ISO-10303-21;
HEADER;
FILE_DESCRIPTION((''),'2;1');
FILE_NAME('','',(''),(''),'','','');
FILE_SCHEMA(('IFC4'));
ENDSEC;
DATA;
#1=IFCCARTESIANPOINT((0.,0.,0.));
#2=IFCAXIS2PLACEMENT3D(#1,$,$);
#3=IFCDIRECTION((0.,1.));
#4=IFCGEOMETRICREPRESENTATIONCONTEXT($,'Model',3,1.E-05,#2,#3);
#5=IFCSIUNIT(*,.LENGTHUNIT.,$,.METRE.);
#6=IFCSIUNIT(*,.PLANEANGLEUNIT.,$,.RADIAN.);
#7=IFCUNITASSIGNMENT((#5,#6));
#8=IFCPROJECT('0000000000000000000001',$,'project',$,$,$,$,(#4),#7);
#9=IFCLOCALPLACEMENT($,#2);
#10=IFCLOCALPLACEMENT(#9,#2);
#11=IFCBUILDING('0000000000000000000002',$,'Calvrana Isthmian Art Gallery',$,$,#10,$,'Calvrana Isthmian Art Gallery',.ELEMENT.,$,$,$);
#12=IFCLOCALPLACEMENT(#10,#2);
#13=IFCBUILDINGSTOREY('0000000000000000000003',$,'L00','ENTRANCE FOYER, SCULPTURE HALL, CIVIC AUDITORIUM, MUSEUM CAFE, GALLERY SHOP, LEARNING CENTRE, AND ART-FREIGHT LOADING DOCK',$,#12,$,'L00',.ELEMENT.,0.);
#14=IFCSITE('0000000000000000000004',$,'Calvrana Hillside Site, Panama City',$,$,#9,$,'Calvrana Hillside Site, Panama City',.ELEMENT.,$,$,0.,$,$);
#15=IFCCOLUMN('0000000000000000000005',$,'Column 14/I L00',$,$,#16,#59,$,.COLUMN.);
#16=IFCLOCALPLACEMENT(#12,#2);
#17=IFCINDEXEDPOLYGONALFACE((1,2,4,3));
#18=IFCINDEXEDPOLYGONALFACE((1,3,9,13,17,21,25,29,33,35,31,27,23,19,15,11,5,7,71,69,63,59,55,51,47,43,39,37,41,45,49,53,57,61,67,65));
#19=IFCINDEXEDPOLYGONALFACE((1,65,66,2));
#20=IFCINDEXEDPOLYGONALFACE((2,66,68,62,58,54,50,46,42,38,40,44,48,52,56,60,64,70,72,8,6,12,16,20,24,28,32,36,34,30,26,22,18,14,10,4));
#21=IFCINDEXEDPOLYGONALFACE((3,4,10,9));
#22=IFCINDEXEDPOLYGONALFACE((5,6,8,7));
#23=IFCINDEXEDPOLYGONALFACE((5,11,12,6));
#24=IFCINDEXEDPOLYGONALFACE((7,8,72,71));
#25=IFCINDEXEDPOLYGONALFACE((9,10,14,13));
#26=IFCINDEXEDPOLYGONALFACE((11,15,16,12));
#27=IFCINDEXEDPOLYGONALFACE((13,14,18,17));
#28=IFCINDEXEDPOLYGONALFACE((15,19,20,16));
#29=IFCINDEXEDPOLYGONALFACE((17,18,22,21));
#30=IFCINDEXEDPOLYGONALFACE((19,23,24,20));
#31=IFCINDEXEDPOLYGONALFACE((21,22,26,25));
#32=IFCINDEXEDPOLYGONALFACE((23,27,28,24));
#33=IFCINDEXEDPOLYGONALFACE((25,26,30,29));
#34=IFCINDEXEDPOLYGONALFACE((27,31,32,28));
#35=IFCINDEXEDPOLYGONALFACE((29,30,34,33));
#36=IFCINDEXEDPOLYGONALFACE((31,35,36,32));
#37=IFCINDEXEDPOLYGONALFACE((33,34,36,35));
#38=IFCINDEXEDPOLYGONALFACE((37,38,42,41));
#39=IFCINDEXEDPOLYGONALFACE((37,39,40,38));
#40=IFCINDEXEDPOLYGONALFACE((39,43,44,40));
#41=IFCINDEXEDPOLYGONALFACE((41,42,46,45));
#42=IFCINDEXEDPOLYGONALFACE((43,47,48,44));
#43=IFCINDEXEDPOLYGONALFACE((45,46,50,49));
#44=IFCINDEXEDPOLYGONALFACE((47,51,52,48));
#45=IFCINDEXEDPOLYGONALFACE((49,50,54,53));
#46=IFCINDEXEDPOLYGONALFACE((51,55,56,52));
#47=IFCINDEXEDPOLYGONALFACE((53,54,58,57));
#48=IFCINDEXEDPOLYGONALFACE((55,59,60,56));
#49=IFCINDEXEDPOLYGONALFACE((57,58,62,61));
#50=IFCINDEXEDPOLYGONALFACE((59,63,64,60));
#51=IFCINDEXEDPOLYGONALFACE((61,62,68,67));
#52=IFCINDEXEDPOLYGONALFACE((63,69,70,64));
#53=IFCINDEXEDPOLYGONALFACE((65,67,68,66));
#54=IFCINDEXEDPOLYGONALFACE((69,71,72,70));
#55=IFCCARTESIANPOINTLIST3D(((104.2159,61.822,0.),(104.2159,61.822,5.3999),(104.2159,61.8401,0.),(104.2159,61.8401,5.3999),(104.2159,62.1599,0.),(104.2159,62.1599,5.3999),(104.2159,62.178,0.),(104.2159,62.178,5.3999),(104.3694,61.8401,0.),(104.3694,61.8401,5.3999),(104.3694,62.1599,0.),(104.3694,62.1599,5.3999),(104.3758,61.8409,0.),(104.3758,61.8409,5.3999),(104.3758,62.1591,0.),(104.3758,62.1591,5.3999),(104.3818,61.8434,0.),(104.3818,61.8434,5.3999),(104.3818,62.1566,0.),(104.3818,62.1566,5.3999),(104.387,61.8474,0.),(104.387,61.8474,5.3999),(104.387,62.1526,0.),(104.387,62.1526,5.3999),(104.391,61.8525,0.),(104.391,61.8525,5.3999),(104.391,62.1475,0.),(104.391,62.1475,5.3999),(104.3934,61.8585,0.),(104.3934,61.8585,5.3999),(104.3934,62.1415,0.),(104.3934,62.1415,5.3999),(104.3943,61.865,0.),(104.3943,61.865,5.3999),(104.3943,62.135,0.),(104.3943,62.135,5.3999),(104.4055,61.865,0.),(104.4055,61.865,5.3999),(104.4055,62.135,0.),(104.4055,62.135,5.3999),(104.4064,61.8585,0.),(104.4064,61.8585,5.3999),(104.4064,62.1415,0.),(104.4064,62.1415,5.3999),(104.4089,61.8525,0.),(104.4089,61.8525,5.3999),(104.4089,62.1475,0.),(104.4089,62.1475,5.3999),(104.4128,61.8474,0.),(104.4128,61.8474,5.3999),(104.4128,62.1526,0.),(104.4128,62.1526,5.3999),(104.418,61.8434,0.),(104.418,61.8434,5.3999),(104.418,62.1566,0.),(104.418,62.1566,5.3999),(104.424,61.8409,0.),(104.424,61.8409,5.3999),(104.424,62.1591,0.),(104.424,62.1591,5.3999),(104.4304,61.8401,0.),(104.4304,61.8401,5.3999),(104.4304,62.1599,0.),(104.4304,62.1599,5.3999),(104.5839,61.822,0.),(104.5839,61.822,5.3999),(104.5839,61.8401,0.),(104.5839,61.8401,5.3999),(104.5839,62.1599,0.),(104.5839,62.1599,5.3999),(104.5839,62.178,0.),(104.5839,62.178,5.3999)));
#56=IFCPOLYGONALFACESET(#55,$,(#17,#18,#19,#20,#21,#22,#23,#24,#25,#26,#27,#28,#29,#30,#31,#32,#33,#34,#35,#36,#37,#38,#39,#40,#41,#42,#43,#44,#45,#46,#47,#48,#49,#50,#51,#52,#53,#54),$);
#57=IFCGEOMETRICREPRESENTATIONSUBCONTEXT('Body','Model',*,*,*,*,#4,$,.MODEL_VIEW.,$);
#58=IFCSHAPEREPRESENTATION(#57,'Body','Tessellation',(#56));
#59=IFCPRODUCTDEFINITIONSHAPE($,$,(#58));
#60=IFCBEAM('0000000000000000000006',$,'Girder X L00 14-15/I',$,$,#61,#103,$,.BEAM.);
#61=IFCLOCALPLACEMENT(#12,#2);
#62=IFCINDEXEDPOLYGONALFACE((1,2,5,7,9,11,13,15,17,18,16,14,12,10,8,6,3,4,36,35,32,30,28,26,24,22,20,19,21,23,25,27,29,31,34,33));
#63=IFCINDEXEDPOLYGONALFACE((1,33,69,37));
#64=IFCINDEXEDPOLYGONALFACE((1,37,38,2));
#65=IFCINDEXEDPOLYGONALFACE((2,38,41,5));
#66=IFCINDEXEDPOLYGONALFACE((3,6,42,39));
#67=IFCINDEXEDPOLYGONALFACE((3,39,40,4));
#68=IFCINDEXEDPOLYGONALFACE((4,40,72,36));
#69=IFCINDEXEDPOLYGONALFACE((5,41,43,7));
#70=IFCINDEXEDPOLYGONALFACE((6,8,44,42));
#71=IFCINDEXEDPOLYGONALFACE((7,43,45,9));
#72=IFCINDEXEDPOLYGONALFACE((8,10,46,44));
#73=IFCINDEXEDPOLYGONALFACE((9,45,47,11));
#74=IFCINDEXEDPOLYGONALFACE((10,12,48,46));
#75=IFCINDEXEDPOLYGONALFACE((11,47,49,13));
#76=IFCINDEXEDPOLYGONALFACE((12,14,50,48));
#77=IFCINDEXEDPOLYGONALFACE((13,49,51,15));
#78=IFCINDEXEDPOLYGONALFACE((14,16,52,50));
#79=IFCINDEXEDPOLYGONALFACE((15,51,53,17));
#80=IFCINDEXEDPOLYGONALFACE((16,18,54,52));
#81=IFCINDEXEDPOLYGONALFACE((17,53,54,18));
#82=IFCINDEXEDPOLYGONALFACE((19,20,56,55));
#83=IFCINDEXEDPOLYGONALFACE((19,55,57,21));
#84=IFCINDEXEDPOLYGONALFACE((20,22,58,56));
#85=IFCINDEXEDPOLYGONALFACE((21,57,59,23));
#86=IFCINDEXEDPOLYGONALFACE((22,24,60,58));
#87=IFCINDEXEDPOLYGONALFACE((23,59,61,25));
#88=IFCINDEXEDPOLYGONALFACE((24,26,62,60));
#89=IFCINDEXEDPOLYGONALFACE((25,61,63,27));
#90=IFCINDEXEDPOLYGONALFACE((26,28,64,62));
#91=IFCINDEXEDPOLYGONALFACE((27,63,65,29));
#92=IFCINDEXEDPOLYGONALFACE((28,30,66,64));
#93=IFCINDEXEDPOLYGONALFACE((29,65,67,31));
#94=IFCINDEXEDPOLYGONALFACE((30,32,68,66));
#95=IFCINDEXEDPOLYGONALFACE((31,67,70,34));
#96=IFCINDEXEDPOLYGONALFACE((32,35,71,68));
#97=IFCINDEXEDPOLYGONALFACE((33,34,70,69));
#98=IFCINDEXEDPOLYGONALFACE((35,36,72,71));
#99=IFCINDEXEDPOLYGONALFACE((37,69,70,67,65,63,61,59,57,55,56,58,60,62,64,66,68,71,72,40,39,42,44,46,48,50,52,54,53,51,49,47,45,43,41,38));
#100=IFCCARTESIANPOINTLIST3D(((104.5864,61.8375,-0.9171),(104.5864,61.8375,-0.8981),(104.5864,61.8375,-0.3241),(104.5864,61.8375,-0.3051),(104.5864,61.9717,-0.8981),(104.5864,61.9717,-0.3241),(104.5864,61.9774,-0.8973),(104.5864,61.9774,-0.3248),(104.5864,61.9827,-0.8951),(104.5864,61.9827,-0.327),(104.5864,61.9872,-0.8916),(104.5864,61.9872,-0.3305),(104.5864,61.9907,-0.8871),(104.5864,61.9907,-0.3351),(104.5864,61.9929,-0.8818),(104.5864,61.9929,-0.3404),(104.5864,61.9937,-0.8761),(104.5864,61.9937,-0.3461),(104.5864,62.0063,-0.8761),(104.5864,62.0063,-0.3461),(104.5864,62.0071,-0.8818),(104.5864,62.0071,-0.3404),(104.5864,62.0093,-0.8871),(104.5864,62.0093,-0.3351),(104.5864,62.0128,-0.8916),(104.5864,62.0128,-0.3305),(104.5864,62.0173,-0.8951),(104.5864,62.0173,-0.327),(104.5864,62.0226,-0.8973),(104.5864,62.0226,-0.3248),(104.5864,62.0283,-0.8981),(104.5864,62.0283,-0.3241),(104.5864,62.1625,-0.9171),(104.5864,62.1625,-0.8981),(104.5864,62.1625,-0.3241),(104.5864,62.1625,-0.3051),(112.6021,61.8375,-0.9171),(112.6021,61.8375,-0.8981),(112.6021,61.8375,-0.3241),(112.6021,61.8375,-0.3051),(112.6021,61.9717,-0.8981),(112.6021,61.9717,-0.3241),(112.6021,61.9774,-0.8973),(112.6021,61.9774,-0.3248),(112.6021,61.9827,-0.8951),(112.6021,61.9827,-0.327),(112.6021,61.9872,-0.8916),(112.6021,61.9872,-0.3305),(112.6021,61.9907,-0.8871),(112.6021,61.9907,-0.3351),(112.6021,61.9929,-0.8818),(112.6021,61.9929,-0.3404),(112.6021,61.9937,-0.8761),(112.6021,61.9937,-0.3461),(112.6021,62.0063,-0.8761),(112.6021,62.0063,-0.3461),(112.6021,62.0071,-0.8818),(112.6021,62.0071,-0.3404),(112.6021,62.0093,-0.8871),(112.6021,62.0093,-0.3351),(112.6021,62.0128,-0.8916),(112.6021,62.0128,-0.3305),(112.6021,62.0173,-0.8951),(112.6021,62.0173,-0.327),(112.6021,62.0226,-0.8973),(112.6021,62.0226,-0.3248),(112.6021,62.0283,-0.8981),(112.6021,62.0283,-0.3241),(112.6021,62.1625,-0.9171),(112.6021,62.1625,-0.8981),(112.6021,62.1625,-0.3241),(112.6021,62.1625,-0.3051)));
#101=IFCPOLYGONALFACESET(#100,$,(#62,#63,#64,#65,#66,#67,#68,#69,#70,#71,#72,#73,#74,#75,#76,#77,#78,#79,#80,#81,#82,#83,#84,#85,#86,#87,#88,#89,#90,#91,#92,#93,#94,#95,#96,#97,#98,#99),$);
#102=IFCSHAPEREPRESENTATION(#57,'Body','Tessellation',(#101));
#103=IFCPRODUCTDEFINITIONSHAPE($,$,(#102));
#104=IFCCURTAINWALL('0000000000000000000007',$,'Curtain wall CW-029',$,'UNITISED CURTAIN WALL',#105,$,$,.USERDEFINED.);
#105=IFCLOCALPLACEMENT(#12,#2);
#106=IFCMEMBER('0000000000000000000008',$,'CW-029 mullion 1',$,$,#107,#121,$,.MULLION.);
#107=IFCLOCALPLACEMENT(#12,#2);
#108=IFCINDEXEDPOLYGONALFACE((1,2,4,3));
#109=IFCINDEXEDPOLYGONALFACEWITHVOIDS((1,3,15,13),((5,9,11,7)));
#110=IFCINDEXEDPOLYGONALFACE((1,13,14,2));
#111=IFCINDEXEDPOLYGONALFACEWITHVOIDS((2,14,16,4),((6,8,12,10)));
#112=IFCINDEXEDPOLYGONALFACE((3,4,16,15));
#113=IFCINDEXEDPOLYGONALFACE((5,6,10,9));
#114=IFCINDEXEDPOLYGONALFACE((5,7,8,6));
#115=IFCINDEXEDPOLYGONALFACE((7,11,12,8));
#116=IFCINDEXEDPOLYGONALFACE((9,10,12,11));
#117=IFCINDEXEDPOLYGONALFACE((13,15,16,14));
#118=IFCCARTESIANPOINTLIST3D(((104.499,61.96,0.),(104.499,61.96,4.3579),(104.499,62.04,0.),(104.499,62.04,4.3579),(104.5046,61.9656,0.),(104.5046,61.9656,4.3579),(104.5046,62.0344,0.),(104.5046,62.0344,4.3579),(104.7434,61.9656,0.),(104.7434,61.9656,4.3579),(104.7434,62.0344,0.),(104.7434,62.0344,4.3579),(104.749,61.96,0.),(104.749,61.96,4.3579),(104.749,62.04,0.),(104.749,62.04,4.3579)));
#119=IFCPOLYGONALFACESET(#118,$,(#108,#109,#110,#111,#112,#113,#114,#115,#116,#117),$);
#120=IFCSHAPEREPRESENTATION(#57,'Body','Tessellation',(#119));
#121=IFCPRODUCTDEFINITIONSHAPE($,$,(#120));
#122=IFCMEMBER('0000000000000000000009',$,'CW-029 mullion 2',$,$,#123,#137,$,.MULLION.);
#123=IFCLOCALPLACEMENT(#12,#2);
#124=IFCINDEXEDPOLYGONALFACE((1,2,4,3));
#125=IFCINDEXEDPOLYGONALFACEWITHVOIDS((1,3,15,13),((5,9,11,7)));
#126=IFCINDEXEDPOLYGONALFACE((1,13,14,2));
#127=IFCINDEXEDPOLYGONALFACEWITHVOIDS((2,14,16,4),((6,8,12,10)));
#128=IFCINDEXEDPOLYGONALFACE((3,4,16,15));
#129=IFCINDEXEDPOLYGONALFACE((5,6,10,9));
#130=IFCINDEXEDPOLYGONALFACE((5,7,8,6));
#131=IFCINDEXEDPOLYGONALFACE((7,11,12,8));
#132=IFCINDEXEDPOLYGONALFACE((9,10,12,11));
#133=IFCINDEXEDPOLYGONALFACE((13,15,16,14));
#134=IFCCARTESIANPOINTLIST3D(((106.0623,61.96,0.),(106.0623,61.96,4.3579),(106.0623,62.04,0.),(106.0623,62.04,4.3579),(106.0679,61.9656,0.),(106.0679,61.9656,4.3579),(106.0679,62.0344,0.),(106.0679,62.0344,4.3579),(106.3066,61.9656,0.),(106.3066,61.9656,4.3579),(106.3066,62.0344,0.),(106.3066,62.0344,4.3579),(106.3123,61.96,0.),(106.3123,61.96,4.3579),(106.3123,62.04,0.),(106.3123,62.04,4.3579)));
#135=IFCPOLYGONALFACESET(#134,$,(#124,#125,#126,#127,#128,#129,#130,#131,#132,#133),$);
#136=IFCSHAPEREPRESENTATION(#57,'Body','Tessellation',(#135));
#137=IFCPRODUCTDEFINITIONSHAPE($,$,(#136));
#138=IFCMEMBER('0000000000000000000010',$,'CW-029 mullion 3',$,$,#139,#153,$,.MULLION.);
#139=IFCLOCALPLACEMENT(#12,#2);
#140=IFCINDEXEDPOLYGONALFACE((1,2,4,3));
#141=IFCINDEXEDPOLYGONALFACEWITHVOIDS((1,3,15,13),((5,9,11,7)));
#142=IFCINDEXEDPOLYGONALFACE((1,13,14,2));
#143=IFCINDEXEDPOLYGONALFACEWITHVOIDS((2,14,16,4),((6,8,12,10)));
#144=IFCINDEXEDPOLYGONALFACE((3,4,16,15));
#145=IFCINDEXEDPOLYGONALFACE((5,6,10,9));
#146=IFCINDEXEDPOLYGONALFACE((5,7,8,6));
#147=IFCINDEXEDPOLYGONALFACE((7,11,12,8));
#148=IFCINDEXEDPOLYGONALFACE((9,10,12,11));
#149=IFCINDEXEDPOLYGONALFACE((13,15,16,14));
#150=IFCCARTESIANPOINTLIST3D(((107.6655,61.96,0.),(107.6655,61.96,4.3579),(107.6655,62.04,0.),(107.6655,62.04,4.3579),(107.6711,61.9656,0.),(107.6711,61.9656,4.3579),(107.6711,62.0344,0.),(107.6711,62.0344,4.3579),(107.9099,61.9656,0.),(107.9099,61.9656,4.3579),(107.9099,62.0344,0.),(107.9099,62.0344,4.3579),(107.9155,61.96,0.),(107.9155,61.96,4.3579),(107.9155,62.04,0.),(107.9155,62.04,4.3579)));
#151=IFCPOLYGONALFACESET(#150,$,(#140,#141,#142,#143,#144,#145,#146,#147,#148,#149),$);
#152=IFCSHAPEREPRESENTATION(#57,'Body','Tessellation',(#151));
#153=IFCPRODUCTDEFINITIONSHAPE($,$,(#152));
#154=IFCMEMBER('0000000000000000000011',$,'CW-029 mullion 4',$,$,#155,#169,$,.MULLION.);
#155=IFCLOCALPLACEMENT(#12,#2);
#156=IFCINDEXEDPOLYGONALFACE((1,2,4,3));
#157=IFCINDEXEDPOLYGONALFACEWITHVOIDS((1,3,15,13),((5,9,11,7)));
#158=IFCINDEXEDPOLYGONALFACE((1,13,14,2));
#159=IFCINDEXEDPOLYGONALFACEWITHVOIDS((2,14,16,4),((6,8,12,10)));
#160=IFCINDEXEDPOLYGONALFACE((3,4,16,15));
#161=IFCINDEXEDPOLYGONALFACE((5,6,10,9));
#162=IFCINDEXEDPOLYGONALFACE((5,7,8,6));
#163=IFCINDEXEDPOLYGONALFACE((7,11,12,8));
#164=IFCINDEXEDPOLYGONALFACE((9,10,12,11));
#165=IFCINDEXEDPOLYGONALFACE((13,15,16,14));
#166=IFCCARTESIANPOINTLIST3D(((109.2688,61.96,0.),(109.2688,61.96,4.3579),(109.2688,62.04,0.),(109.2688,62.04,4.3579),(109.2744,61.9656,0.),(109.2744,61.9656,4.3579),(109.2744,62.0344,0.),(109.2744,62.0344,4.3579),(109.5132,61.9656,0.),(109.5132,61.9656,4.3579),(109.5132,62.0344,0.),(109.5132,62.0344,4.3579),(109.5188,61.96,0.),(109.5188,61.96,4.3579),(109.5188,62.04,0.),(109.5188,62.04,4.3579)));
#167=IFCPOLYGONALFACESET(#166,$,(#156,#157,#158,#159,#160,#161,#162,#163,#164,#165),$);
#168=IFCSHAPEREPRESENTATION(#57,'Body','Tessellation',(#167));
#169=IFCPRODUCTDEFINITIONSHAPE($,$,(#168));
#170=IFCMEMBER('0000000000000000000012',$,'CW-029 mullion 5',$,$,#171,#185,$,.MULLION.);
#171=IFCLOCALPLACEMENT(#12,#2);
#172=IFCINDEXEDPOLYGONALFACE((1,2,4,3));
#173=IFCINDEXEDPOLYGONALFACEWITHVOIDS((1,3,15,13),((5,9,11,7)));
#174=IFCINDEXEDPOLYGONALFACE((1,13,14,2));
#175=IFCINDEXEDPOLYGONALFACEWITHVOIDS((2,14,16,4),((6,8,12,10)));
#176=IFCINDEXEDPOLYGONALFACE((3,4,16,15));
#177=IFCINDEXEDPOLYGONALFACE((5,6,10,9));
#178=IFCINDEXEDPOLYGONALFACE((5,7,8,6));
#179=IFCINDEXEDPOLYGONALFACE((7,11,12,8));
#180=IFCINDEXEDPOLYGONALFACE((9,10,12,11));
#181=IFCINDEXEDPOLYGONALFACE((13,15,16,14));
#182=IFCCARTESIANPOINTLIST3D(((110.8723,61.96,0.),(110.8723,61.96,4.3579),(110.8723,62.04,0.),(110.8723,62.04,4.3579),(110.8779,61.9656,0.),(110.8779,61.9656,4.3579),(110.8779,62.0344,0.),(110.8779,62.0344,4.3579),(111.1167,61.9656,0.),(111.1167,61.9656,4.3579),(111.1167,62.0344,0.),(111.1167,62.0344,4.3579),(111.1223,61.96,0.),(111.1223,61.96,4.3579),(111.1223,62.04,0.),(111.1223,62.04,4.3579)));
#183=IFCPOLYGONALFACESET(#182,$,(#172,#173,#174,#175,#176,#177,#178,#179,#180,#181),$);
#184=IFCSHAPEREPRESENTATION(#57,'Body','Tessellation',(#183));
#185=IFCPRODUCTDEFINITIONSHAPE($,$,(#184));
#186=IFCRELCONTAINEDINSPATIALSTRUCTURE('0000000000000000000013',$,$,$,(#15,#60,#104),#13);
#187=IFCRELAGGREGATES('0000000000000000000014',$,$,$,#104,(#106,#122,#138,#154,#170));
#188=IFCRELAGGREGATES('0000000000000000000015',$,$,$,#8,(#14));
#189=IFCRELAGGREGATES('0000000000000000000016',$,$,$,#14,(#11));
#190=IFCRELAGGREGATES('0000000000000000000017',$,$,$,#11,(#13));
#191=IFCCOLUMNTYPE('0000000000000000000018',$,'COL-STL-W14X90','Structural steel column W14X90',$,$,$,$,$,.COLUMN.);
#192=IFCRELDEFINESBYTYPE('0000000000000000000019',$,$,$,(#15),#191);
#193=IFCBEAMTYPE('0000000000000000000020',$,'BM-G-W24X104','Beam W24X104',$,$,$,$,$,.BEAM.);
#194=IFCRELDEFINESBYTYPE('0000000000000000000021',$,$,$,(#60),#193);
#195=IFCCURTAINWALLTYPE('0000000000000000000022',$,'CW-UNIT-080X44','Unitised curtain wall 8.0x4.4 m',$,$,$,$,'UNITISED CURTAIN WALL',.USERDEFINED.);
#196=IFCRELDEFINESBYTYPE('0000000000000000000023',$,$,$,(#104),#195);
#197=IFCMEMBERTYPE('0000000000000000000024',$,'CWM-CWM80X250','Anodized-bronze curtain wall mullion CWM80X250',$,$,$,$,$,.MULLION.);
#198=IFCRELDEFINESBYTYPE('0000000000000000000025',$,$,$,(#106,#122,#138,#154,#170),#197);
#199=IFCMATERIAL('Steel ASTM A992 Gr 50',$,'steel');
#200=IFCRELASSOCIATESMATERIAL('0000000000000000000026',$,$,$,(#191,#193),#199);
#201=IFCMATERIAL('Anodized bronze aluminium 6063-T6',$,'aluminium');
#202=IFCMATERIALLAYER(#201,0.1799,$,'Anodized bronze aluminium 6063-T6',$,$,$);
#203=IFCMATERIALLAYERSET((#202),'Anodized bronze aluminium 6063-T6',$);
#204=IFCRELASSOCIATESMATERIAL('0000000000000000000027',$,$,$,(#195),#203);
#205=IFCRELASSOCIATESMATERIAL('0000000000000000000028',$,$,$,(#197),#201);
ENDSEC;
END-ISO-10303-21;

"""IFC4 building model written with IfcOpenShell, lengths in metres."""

from ifc_helpers import new_model, si_unit, direction, frame, origin, origin_2d, place, context, subcontext, project, spatial, hollow_rectangle, i_section, extrude, material, layer, layer_set, material_profile, profile_set, type_object, element, aggregate, save


model = new_model("IFC4")

# Units and contexts
model_context = context("Model", 3, precision=1e-05, world=origin(), true_north=direction((0.0, 1.0)))
body_context = subcontext(model_context, "Body", "Model", "MODEL_VIEW")
ifc_project = project(units=[si_unit("LENGTHUNIT", "METRE"), si_unit("PLANEANGLEUNIT", "RADIAN")], contexts=[model_context])

# Site, building, storey
site_placement = place(None, origin())
site = spatial("IfcSite", under=ifc_project, at=site_placement, Name="Calvrana Hillside Site, Panama City", LongName="Calvrana Hillside Site, Panama City", CompositionType="ELEMENT", RefElevation=0.0)
building_placement = place(site_placement, origin())
building = spatial("IfcBuilding", under=site, at=building_placement, Name="Calvrana Isthmian Art Gallery", LongName="Calvrana Isthmian Art Gallery", CompositionType="ELEMENT")
storey_placement = place(building_placement, origin())
storey = spatial("IfcBuildingStorey", under=building, at=storey_placement, Name="L00", Description="ENTRANCE FOYER, SCULPTURE HALL, CIVIC AUDITORIUM, MUSEUM CAFE, GALLERY SHOP, LEARNING CENTRE, AND ART-FREIGHT LOADING DOCK", LongName="L00", CompositionType="ELEMENT", Elevation=0.0)

# Column
ifc_material_1 = material(Name="Steel ASTM A992 Gr 50", Category="steel")
ifc_material_profile_1 = material_profile(ifc_material_1, i_section(OverallWidth=0.3679, OverallDepth=0.356, WebThickness=0.0112, FlangeThickness=0.0181, FilletRadius=0.0249, at=origin_2d()), Name="W14X90")
ifc_profile_set_1 = profile_set([ifc_material_profile_1], Name="Steel ASTM A992 Gr 50")
column_type = type_object("IfcColumnType", Name="COL-STL-W14X90", Description="Structural steel column W14X90", PredefinedType="COLUMN", material=ifc_profile_set_1)
column_placement = place(storey_placement, frame((104.3999, 62.0, 0.0), z_axis=(0.0, 0.0, 1.0), x_axis=(1.0, 0.0, 0.0)))
element("IfcColumn", 1, at=column_placement, inside=storey, type_object=column_type, Name="Column 14/I L00", PredefinedType="COLUMN", context=body_context, shape_type="SweptSolid", body=[
    extrude(i_section(OverallWidth=0.3679, OverallDepth=0.356, WebThickness=0.0112, FlangeThickness=0.0181, FilletRadius=0.0249, at=origin_2d()), origin(), (0.0, 0.0, 1.0), 5.3999),
])

# Beam
ifc_material_profile_2 = material_profile(ifc_material_1, i_section(OverallWidth=0.325, OverallDepth=0.6121, WebThickness=0.0127, FlangeThickness=0.019, FilletRadius=0.022, at=origin_2d()), Name="W24X104")
ifc_profile_set_2 = profile_set([ifc_material_profile_2], Name="Steel ASTM A992 Gr 50")
beam_type = type_object("IfcBeamType", Name="BM-G-W24X104", Description="Beam W24X104", PredefinedType="BEAM", material=ifc_profile_set_2)
beam_placement = place(storey_placement, frame((104.5864, 62.0, -0.6111), z_axis=(1.0, 0.0, 0.0), x_axis=(0.0, 1.0, 0.0)))
element("IfcBeam", 2, at=beam_placement, inside=storey, type_object=beam_type, Name="Girder X L00 14-15/I", PredefinedType="BEAM", context=body_context, shape_type="SweptSolid", body=[
    extrude(i_section(OverallWidth=0.325, OverallDepth=0.6121, WebThickness=0.0127, FlangeThickness=0.019, FilletRadius=0.022, at=origin_2d()), origin(), (0.0, 0.0, 1.0), 8.0156),
])

# Curtain wall, members
ifc_material_2 = material(Name="Anodized bronze aluminium 6063-T6", Category="aluminium")
ifc_layer_1 = layer(ifc_material_2, 0.1799, Name="Anodized bronze aluminium 6063-T6")
ifc_layer_set_1 = layer_set([ifc_layer_1], Name="Anodized bronze aluminium 6063-T6")
curtain_wall_type = type_object("IfcCurtainWallType", Name="CW-UNIT-080X44", Description="Unitised curtain wall 8.0x4.4 m", ElementType="UNITISED CURTAIN WALL", PredefinedType="USERDEFINED", material=ifc_layer_set_1)
curtain_wall_placement = place(storey_placement, origin())
curtain_wall = element("IfcCurtainWall", 3, at=curtain_wall_placement, inside=storey, type_object=curtain_wall_type, Name="Curtain wall CW-029", ObjectType="UNITISED CURTAIN WALL", PredefinedType="USERDEFINED")
ifc_material_profile_3 = material_profile(ifc_material_2, hollow_rectangle(XDim=0.0801, YDim=0.25, WallThickness=0.0056, at=origin_2d()), Name="CWM80X250")
ifc_profile_set_3 = profile_set([ifc_material_profile_3], Name="Anodized bronze aluminium 6063-T6")
member_type_1 = type_object("IfcMemberType", Name="CWM-CWM80X250", Description="Anodized-bronze curtain wall mullion CWM80X250", PredefinedType="MULLION", material=ifc_profile_set_3)
member_1_placement = place(storey_placement, frame((104.624, 62.0, 0.0), z_axis=(0.0, 0.0, 1.0), x_axis=(0.0, 1.0, 0.0)))
member_1 = element("IfcMember", 4, at=member_1_placement, type_object=member_type_1, Name="CW-029 mullion 1", PredefinedType="MULLION", context=body_context, shape_type="SweptSolid", body=[
    extrude(hollow_rectangle(XDim=0.0801, YDim=0.25, WallThickness=0.0056, at=origin_2d()), origin(), (0.0, 0.0, 1.0), 4.3579),
])
member_2_placement = place(storey_placement, frame((106.1873, 62.0, 0.0), z_axis=(0.0, 0.0, 1.0), x_axis=(0.0, 1.0, 0.0)))
member_2 = element("IfcMember", 5, at=member_2_placement, type_object=member_type_1, Name="CW-029 mullion 2", PredefinedType="MULLION", context=body_context, shape_type="SweptSolid", body=[
    extrude(hollow_rectangle(XDim=0.0801, YDim=0.25, WallThickness=0.0056, at=origin_2d()), origin(), (0.0, 0.0, 1.0), 4.3579),
])
member_3_placement = place(storey_placement, frame((107.7905, 62.0, 0.0), z_axis=(0.0, 0.0, 1.0), x_axis=(0.0, 1.0, 0.0)))
member_3 = element("IfcMember", 6, at=member_3_placement, type_object=member_type_1, Name="CW-029 mullion 3", PredefinedType="MULLION", context=body_context, shape_type="SweptSolid", body=[
    extrude(hollow_rectangle(XDim=0.0801, YDim=0.25, WallThickness=0.0056, at=origin_2d()), origin(), (0.0, 0.0, 1.0), 4.3579),
])
member_4_placement = place(storey_placement, frame((109.3938, 62.0, 0.0), z_axis=(0.0, 0.0, 1.0), x_axis=(0.0, 1.0, 0.0)))
member_4 = element("IfcMember", 7, at=member_4_placement, type_object=member_type_1, Name="CW-029 mullion 4", PredefinedType="MULLION", context=body_context, shape_type="SweptSolid", body=[
    extrude(hollow_rectangle(XDim=0.0801, YDim=0.25, WallThickness=0.0056, at=origin_2d()), origin(), (0.0, 0.0, 1.0), 4.3579),
])
member_5_placement = place(storey_placement, frame((110.9973, 62.0, 0.0), z_axis=(0.0, 0.0, 1.0), x_axis=(0.0, 1.0, 0.0)))
member_5 = element("IfcMember", 8, at=member_5_placement, type_object=member_type_1, Name="CW-029 mullion 5", PredefinedType="MULLION", context=body_context, shape_type="SweptSolid", body=[
    extrude(hollow_rectangle(XDim=0.0801, YDim=0.25, WallThickness=0.0056, at=origin_2d()), origin(), (0.0, 0.0, 1.0), 4.3579),
])
aggregate(curtain_wall, [member_1, member_2, member_3, member_4, member_5])

save(model, "model.ifc")
